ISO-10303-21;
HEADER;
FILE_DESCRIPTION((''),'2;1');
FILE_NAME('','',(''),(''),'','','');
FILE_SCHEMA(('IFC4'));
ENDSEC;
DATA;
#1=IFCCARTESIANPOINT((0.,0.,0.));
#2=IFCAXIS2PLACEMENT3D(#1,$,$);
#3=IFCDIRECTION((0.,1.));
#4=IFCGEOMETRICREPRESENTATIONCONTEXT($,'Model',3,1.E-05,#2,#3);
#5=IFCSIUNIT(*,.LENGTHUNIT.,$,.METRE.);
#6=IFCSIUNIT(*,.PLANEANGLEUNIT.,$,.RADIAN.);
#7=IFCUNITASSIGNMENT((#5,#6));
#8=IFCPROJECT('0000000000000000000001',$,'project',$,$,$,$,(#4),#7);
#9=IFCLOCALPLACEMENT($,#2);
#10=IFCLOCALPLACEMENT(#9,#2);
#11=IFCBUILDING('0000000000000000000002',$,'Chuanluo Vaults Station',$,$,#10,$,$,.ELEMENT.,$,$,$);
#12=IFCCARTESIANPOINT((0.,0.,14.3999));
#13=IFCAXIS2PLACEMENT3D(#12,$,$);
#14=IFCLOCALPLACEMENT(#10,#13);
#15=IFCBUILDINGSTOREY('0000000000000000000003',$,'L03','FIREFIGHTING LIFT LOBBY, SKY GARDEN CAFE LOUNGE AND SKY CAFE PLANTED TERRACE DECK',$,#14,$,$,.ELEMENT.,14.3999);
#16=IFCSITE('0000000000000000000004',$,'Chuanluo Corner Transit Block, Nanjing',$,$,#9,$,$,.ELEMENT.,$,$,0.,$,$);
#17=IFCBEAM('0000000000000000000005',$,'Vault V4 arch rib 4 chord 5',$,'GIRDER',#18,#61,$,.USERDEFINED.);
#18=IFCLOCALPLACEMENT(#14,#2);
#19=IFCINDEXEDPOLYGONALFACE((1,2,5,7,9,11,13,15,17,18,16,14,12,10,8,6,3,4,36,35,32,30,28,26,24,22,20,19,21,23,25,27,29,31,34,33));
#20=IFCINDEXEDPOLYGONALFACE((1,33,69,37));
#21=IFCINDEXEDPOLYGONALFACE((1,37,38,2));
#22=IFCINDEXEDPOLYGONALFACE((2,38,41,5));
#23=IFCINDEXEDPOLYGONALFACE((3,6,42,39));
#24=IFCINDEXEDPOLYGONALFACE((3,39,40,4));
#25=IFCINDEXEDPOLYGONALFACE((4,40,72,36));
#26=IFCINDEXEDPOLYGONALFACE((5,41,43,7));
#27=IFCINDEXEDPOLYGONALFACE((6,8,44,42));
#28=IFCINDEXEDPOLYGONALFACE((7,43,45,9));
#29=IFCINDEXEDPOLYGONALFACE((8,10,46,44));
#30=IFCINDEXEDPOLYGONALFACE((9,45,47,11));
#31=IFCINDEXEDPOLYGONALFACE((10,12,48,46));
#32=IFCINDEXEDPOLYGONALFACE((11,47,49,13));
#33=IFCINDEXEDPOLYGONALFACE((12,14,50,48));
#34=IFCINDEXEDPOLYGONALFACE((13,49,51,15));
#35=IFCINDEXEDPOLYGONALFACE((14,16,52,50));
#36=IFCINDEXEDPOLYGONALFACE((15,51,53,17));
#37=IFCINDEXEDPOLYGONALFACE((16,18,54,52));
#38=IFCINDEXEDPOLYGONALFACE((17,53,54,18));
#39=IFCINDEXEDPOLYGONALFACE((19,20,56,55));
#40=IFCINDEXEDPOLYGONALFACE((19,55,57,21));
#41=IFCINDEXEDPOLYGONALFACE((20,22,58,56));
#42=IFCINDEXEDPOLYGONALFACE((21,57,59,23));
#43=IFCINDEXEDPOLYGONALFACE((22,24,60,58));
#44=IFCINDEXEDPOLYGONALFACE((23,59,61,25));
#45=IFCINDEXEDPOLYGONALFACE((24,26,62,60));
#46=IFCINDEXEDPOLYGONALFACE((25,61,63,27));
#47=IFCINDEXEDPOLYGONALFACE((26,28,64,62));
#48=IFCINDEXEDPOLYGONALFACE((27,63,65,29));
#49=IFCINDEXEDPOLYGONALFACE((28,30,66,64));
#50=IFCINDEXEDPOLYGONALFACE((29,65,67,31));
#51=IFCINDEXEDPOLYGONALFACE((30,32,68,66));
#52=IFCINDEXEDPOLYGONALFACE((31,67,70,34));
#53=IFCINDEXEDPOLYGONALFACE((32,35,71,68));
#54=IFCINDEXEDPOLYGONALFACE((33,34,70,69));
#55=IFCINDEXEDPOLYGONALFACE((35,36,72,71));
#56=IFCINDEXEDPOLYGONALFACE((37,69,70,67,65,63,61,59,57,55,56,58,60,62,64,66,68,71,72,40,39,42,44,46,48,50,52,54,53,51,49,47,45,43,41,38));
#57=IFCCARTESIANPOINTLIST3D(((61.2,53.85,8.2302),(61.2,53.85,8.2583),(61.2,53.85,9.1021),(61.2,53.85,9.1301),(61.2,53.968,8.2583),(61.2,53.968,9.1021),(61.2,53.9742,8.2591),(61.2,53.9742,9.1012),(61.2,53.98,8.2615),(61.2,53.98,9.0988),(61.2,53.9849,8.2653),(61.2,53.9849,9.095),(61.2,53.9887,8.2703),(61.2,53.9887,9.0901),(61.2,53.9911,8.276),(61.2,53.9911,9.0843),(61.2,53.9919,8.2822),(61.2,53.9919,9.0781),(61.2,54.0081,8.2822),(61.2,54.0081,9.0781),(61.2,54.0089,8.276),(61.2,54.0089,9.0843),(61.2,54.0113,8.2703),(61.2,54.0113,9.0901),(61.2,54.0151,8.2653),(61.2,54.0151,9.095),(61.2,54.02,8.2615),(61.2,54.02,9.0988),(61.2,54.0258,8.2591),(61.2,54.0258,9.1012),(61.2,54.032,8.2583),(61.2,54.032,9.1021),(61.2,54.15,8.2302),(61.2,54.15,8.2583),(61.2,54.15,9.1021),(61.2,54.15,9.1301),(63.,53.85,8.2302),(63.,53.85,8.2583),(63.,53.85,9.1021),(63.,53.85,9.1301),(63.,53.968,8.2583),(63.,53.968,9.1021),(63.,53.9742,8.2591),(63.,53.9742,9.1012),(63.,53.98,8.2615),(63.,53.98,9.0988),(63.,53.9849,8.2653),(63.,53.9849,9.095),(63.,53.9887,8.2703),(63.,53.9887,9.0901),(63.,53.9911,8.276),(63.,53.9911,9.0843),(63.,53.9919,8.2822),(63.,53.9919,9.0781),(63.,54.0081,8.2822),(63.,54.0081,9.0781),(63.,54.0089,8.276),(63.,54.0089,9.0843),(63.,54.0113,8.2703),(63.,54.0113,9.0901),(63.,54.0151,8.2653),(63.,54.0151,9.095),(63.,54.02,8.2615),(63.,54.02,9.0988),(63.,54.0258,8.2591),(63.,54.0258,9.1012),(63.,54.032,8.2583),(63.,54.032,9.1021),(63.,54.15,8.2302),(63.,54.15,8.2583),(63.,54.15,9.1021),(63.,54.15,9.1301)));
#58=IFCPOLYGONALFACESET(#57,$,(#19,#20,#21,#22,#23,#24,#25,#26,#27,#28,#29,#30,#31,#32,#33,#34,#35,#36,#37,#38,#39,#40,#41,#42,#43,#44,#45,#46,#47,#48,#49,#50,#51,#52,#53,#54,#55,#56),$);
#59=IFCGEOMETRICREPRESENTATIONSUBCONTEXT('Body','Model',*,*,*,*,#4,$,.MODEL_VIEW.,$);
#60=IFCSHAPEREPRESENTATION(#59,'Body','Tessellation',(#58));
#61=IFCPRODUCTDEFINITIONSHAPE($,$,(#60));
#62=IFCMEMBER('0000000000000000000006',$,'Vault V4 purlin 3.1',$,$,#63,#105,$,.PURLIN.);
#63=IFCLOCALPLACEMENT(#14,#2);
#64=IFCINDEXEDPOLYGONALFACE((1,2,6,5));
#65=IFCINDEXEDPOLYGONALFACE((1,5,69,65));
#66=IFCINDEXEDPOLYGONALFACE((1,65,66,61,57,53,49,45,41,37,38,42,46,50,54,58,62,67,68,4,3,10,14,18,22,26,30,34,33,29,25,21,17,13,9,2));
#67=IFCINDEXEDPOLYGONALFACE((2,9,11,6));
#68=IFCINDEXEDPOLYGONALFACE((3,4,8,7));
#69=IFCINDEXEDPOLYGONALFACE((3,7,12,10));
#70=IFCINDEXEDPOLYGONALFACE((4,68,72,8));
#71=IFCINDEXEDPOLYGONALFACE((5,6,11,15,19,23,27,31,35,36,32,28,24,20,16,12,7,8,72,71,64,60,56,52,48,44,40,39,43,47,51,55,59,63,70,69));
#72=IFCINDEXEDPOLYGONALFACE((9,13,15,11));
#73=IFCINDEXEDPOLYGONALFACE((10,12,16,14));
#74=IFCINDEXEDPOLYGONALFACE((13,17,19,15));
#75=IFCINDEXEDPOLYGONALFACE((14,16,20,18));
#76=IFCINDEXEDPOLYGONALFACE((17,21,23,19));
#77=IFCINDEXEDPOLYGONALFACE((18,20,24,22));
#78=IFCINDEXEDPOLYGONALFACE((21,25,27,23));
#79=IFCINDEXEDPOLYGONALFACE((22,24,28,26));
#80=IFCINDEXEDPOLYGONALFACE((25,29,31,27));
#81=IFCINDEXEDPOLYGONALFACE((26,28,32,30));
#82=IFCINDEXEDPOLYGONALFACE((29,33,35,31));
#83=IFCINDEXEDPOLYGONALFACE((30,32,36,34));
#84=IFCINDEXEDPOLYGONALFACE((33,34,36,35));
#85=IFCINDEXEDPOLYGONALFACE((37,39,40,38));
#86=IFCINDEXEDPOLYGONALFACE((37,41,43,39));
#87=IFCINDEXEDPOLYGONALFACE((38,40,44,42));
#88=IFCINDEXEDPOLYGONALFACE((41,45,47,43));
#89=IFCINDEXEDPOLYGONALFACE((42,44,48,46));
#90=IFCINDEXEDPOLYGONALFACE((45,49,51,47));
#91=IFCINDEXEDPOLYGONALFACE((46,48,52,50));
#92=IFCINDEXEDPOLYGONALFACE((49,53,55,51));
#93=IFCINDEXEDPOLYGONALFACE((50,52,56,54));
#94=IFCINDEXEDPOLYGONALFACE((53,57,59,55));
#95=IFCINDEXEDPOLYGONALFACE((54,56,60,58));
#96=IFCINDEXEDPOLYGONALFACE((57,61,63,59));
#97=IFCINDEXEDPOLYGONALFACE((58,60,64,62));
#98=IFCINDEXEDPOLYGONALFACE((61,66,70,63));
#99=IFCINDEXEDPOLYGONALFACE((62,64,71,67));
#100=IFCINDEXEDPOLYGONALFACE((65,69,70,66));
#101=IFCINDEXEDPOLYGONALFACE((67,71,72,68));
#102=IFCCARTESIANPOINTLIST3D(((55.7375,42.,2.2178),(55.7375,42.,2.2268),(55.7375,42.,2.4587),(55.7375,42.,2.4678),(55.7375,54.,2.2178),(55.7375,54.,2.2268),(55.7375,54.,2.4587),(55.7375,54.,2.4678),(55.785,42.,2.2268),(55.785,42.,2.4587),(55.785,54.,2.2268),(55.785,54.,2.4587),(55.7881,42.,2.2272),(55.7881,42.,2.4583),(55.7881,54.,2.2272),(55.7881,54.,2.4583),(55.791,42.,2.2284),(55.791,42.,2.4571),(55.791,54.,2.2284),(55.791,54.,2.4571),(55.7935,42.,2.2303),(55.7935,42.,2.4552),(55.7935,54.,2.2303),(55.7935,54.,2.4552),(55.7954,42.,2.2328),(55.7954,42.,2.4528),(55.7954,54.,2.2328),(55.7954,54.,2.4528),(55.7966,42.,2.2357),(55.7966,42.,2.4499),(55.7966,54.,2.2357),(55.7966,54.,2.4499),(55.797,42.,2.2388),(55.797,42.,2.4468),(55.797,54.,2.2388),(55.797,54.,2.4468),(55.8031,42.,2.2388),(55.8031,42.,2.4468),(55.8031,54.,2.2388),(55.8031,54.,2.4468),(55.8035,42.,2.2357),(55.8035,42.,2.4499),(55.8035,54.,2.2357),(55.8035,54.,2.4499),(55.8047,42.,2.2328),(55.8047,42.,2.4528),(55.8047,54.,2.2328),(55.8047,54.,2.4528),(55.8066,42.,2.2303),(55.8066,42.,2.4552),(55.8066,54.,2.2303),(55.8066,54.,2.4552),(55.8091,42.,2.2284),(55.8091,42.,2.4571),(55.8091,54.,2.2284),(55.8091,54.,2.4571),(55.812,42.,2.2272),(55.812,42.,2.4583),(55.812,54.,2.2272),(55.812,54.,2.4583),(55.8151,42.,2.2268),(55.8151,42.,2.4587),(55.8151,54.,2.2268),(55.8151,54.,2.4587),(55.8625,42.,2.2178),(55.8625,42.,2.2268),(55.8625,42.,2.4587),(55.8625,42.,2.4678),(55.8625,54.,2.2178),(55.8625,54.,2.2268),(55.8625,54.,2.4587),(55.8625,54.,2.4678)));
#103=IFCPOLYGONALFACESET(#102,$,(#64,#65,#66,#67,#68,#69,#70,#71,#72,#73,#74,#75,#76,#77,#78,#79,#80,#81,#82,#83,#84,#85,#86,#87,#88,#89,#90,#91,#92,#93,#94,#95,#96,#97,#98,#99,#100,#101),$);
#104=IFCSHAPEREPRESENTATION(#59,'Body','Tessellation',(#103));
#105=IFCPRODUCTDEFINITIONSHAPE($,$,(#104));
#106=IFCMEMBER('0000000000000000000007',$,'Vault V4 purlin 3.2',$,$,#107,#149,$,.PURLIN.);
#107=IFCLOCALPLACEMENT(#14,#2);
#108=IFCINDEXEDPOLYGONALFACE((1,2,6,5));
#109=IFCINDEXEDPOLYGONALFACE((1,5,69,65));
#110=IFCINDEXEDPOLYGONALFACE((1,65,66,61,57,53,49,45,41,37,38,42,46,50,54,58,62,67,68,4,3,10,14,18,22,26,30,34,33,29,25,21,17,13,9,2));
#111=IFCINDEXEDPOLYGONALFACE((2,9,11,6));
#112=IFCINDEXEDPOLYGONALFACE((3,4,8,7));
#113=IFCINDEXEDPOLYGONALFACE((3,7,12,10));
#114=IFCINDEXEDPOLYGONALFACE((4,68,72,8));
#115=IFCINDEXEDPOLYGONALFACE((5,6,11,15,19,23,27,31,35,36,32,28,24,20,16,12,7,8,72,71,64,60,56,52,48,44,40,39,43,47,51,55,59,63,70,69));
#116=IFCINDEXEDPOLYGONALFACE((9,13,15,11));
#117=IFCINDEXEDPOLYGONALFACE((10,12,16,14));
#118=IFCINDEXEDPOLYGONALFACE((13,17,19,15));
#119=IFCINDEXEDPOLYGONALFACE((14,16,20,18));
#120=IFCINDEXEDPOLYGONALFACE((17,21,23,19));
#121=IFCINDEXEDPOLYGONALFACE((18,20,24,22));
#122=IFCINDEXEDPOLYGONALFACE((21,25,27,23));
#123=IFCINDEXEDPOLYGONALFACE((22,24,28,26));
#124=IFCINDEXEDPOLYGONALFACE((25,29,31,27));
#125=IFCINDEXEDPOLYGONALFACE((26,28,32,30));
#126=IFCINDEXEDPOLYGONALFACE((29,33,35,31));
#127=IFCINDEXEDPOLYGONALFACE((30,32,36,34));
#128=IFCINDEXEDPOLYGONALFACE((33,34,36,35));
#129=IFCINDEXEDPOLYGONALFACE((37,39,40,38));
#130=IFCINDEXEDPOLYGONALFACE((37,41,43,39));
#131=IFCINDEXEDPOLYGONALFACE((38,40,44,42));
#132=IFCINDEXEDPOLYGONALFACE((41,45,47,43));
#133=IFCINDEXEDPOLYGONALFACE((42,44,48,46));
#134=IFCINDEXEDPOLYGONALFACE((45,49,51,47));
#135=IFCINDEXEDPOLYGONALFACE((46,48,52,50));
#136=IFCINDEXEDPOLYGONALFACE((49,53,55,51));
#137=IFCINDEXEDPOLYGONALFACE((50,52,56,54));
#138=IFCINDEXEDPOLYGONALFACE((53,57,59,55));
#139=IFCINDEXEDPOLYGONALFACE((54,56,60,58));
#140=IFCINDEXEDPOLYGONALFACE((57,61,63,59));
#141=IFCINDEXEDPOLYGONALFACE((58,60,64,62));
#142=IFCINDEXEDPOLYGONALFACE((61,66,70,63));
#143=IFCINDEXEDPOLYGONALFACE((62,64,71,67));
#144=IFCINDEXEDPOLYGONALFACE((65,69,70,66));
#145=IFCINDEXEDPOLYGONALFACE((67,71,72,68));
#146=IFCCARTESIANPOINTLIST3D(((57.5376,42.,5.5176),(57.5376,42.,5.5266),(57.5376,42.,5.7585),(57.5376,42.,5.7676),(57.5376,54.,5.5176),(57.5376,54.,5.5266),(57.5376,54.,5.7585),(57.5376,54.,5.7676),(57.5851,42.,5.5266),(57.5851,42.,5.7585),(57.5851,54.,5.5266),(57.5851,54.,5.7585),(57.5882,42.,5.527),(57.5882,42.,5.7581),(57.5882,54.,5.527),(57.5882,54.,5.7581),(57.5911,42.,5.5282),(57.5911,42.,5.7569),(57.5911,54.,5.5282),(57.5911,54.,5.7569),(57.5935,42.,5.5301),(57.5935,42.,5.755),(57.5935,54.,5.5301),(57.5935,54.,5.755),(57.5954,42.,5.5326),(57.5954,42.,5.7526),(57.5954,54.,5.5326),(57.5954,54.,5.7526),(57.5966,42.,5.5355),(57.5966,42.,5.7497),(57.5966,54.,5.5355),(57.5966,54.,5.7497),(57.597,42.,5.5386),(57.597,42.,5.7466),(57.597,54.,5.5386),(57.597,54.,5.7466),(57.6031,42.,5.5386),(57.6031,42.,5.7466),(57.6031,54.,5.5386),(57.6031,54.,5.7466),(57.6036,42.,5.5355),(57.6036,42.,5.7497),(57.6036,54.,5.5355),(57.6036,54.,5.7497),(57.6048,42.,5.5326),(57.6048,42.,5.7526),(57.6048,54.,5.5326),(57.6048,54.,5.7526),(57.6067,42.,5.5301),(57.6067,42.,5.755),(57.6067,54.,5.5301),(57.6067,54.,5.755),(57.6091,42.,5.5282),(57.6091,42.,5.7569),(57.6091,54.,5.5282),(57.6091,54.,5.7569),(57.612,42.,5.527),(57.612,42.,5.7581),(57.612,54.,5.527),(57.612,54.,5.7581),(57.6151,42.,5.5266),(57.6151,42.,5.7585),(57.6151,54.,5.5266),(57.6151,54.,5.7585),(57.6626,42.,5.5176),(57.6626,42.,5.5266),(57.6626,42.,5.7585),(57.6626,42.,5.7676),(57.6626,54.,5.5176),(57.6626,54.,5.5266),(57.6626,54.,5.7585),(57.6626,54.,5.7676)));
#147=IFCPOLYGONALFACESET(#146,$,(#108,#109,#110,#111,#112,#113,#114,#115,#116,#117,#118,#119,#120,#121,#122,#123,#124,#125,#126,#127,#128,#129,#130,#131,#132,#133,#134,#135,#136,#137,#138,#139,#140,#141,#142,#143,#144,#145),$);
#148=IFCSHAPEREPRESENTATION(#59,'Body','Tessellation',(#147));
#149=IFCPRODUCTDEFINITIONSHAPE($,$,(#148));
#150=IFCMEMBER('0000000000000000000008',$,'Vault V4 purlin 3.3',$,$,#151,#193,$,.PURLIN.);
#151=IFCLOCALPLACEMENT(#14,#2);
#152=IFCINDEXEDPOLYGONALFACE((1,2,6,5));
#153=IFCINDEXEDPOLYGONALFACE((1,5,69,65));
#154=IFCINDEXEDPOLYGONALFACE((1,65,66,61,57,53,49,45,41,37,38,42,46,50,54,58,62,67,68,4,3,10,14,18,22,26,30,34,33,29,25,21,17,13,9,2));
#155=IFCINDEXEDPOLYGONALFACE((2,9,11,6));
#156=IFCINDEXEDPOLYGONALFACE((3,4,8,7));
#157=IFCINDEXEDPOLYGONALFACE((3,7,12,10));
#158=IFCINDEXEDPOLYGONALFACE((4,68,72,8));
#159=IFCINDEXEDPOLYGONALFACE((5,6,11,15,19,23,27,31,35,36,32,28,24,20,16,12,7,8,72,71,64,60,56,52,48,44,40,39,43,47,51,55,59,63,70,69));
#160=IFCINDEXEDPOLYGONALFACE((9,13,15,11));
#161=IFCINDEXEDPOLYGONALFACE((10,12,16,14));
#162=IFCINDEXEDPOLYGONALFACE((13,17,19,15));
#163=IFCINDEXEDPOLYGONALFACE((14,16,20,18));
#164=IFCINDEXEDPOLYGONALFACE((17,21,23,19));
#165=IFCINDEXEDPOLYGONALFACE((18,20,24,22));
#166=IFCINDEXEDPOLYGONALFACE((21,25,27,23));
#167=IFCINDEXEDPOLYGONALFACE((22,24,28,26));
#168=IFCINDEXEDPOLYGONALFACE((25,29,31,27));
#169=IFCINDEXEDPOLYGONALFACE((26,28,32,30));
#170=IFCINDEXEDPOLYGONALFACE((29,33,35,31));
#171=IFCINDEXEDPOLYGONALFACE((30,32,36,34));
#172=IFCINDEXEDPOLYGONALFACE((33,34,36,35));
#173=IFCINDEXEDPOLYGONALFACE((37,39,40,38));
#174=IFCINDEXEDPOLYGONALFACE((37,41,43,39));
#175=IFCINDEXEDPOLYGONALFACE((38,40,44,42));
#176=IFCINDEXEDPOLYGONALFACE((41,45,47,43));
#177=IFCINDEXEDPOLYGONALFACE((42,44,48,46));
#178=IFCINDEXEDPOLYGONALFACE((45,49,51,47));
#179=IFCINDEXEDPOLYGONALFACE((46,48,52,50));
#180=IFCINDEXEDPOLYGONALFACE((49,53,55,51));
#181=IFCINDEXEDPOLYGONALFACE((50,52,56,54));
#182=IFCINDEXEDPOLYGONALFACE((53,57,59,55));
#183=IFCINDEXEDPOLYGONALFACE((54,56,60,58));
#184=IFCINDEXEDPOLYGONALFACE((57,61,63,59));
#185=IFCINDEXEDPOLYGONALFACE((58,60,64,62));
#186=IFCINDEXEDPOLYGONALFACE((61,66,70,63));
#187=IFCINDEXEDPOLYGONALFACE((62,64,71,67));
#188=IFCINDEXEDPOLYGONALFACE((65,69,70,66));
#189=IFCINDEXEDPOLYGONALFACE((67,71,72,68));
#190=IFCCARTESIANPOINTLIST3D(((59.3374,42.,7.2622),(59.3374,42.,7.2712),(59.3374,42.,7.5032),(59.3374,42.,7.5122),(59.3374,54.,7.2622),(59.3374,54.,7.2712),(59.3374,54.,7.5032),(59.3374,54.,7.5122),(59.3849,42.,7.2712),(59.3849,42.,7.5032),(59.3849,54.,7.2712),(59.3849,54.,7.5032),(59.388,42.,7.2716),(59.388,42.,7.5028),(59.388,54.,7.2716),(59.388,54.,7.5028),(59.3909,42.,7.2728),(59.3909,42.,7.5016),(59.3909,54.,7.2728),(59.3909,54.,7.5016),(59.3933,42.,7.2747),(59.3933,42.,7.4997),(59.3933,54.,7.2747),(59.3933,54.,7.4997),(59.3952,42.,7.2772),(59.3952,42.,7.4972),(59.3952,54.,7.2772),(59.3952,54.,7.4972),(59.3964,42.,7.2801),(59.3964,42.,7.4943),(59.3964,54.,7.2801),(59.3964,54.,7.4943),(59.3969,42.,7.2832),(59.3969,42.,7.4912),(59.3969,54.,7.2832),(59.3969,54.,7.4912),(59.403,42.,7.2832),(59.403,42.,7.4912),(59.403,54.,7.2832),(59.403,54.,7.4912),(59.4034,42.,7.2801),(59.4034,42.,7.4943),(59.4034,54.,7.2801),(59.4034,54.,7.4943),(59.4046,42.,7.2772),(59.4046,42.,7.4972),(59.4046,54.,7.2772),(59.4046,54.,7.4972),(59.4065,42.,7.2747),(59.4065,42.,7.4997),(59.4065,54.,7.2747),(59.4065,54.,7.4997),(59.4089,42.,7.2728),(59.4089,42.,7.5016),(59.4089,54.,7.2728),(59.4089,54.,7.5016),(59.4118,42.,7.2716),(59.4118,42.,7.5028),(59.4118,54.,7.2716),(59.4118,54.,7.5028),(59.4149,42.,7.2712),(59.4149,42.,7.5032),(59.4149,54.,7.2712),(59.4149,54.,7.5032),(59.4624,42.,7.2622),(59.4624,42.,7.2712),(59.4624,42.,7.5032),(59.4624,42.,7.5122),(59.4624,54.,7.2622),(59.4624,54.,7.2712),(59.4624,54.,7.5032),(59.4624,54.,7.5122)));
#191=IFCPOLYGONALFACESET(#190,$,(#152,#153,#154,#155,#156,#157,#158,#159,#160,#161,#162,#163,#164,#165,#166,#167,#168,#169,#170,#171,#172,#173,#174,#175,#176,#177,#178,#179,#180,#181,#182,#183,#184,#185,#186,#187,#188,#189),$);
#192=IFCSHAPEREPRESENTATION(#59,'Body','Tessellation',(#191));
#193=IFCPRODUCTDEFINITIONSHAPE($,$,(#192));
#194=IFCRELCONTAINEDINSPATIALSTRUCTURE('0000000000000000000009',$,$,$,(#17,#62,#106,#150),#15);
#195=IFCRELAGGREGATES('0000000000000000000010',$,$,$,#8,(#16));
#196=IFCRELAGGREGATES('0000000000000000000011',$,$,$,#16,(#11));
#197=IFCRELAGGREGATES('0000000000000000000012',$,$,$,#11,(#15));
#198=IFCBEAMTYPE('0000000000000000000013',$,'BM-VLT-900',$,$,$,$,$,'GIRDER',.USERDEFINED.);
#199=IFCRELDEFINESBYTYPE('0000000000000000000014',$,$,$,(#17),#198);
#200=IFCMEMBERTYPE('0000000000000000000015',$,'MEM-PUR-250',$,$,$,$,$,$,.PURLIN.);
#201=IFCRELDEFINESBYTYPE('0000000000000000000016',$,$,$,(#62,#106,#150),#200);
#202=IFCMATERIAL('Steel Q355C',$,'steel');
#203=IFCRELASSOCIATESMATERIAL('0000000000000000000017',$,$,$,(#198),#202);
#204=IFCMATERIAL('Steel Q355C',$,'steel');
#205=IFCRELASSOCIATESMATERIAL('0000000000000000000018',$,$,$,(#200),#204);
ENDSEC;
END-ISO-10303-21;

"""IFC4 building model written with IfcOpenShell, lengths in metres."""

from ifc_helpers import new_model, si_unit, direction, frame, origin, origin_2d, place, context, subcontext, project, spatial, i_section, extrude, material, material_profile, profile_set, type_object, element, save


model = new_model("IFC4")

# Units and contexts
model_context = context("Model", 3, precision=1e-05, world=origin(), true_north=direction((0.0, 1.0)))
body_context = subcontext(model_context, "Body", "Model", "MODEL_VIEW")
ifc_project = project(units=[si_unit("LENGTHUNIT", "METRE"), si_unit("PLANEANGLEUNIT", "RADIAN")], contexts=[model_context])

# Site, building, storey
site_placement = place(None, origin())
site = spatial("IfcSite", under=ifc_project, at=site_placement, Name="Chuanluo Corner Transit Block, Nanjing", CompositionType="ELEMENT", RefElevation=0.0)
building_placement = place(site_placement, origin())
building = spatial("IfcBuilding", under=site, at=building_placement, Name="Chuanluo Vaults Station", CompositionType="ELEMENT")
storey_placement = place(building_placement, frame((0.0, 0.0, 14.3999)))
storey = spatial("IfcBuildingStorey", under=building, at=storey_placement, Name="L03", Description="FIREFIGHTING LIFT LOBBY, SKY GARDEN CAFE LOUNGE AND SKY CAFE PLANTED TERRACE DECK", CompositionType="ELEMENT", Elevation=14.3999)

# Beam
ifc_material_1 = material(Name="Steel Q355C", Category="steel")
ifc_material_profile_1 = material_profile(ifc_material_1, i_section(OverallWidth=0.3, OverallDepth=0.8999, WebThickness=0.0161, FlangeThickness=0.0281, FilletRadius=0.0239, at=origin_2d()))
ifc_profile_set_1 = profile_set([ifc_material_profile_1], Name="Steel Q355C")
beam_type = type_object("IfcBeamType", Name="BM-VLT-900", ElementType="GIRDER", PredefinedType="USERDEFINED", material=ifc_profile_set_1)
beam_1_placement = place(storey_placement, frame((61.2, 54.0, 8.6802), z_axis=(1.0, 0.0, 0.0), x_axis=(0.0, 1.0, 0.0)))
element("IfcBeam", 1, at=beam_1_placement, inside=storey, type_object=beam_type, Name="Vault V4 arch rib 4 chord 5", ObjectType="GIRDER", PredefinedType="USERDEFINED", context=body_context, shape_type="SweptSolid", body=[
    extrude(i_section(OverallWidth=0.3, OverallDepth=0.8999, WebThickness=0.0161, FlangeThickness=0.0281, FilletRadius=0.0239, at=origin_2d()), origin(), (0.0, 0.0, 1.0), 1.8),
])

# Members
ifc_material_2 = material(Name="Steel Q355C", Category="steel")
ifc_material_profile_2 = material_profile(ifc_material_2, i_section(OverallWidth=0.125, OverallDepth=0.25, WebThickness=0.0061, FlangeThickness=0.009, FilletRadius=0.012, at=origin_2d()))
ifc_profile_set_2 = profile_set([ifc_material_profile_2], Name="Steel Q355C")
member_type_1 = type_object("IfcMemberType", Name="MEM-PUR-250", PredefinedType="PURLIN", material=ifc_profile_set_2)
for number, where, z_axis, x_axis, name in (
    (2, (55.8, 42.0, 2.3428), (0.0, 1.0, 0.0), (-1.0, 0.0, 0.0), "Vault V4 purlin 3.1"),
    (3, (57.6001, 42.0, 5.6426), (0.0, 1.0, 0.0), (-1.0, 0.0, 0.0), "Vault V4 purlin 3.2"),
    (4, (59.3999, 42.0, 7.3872), (0.0, 1.0, 0.0), (-1.0, 0.0, 0.0), "Vault V4 purlin 3.3"),
):
    element("IfcMember", number, at=place(storey_placement, frame(where, z_axis=z_axis, x_axis=x_axis)), inside=storey, type_object=member_type_1, Name=name, PredefinedType="PURLIN", context=body_context, shape_type="SweptSolid", body=[
        extrude(i_section(OverallWidth=0.125, OverallDepth=0.25, WebThickness=0.0061, FlangeThickness=0.009, FilletRadius=0.012, at=origin_2d()), origin(), (0.0, 0.0, 1.0), 12.0),
    ])

save(model, "model.ifc")
